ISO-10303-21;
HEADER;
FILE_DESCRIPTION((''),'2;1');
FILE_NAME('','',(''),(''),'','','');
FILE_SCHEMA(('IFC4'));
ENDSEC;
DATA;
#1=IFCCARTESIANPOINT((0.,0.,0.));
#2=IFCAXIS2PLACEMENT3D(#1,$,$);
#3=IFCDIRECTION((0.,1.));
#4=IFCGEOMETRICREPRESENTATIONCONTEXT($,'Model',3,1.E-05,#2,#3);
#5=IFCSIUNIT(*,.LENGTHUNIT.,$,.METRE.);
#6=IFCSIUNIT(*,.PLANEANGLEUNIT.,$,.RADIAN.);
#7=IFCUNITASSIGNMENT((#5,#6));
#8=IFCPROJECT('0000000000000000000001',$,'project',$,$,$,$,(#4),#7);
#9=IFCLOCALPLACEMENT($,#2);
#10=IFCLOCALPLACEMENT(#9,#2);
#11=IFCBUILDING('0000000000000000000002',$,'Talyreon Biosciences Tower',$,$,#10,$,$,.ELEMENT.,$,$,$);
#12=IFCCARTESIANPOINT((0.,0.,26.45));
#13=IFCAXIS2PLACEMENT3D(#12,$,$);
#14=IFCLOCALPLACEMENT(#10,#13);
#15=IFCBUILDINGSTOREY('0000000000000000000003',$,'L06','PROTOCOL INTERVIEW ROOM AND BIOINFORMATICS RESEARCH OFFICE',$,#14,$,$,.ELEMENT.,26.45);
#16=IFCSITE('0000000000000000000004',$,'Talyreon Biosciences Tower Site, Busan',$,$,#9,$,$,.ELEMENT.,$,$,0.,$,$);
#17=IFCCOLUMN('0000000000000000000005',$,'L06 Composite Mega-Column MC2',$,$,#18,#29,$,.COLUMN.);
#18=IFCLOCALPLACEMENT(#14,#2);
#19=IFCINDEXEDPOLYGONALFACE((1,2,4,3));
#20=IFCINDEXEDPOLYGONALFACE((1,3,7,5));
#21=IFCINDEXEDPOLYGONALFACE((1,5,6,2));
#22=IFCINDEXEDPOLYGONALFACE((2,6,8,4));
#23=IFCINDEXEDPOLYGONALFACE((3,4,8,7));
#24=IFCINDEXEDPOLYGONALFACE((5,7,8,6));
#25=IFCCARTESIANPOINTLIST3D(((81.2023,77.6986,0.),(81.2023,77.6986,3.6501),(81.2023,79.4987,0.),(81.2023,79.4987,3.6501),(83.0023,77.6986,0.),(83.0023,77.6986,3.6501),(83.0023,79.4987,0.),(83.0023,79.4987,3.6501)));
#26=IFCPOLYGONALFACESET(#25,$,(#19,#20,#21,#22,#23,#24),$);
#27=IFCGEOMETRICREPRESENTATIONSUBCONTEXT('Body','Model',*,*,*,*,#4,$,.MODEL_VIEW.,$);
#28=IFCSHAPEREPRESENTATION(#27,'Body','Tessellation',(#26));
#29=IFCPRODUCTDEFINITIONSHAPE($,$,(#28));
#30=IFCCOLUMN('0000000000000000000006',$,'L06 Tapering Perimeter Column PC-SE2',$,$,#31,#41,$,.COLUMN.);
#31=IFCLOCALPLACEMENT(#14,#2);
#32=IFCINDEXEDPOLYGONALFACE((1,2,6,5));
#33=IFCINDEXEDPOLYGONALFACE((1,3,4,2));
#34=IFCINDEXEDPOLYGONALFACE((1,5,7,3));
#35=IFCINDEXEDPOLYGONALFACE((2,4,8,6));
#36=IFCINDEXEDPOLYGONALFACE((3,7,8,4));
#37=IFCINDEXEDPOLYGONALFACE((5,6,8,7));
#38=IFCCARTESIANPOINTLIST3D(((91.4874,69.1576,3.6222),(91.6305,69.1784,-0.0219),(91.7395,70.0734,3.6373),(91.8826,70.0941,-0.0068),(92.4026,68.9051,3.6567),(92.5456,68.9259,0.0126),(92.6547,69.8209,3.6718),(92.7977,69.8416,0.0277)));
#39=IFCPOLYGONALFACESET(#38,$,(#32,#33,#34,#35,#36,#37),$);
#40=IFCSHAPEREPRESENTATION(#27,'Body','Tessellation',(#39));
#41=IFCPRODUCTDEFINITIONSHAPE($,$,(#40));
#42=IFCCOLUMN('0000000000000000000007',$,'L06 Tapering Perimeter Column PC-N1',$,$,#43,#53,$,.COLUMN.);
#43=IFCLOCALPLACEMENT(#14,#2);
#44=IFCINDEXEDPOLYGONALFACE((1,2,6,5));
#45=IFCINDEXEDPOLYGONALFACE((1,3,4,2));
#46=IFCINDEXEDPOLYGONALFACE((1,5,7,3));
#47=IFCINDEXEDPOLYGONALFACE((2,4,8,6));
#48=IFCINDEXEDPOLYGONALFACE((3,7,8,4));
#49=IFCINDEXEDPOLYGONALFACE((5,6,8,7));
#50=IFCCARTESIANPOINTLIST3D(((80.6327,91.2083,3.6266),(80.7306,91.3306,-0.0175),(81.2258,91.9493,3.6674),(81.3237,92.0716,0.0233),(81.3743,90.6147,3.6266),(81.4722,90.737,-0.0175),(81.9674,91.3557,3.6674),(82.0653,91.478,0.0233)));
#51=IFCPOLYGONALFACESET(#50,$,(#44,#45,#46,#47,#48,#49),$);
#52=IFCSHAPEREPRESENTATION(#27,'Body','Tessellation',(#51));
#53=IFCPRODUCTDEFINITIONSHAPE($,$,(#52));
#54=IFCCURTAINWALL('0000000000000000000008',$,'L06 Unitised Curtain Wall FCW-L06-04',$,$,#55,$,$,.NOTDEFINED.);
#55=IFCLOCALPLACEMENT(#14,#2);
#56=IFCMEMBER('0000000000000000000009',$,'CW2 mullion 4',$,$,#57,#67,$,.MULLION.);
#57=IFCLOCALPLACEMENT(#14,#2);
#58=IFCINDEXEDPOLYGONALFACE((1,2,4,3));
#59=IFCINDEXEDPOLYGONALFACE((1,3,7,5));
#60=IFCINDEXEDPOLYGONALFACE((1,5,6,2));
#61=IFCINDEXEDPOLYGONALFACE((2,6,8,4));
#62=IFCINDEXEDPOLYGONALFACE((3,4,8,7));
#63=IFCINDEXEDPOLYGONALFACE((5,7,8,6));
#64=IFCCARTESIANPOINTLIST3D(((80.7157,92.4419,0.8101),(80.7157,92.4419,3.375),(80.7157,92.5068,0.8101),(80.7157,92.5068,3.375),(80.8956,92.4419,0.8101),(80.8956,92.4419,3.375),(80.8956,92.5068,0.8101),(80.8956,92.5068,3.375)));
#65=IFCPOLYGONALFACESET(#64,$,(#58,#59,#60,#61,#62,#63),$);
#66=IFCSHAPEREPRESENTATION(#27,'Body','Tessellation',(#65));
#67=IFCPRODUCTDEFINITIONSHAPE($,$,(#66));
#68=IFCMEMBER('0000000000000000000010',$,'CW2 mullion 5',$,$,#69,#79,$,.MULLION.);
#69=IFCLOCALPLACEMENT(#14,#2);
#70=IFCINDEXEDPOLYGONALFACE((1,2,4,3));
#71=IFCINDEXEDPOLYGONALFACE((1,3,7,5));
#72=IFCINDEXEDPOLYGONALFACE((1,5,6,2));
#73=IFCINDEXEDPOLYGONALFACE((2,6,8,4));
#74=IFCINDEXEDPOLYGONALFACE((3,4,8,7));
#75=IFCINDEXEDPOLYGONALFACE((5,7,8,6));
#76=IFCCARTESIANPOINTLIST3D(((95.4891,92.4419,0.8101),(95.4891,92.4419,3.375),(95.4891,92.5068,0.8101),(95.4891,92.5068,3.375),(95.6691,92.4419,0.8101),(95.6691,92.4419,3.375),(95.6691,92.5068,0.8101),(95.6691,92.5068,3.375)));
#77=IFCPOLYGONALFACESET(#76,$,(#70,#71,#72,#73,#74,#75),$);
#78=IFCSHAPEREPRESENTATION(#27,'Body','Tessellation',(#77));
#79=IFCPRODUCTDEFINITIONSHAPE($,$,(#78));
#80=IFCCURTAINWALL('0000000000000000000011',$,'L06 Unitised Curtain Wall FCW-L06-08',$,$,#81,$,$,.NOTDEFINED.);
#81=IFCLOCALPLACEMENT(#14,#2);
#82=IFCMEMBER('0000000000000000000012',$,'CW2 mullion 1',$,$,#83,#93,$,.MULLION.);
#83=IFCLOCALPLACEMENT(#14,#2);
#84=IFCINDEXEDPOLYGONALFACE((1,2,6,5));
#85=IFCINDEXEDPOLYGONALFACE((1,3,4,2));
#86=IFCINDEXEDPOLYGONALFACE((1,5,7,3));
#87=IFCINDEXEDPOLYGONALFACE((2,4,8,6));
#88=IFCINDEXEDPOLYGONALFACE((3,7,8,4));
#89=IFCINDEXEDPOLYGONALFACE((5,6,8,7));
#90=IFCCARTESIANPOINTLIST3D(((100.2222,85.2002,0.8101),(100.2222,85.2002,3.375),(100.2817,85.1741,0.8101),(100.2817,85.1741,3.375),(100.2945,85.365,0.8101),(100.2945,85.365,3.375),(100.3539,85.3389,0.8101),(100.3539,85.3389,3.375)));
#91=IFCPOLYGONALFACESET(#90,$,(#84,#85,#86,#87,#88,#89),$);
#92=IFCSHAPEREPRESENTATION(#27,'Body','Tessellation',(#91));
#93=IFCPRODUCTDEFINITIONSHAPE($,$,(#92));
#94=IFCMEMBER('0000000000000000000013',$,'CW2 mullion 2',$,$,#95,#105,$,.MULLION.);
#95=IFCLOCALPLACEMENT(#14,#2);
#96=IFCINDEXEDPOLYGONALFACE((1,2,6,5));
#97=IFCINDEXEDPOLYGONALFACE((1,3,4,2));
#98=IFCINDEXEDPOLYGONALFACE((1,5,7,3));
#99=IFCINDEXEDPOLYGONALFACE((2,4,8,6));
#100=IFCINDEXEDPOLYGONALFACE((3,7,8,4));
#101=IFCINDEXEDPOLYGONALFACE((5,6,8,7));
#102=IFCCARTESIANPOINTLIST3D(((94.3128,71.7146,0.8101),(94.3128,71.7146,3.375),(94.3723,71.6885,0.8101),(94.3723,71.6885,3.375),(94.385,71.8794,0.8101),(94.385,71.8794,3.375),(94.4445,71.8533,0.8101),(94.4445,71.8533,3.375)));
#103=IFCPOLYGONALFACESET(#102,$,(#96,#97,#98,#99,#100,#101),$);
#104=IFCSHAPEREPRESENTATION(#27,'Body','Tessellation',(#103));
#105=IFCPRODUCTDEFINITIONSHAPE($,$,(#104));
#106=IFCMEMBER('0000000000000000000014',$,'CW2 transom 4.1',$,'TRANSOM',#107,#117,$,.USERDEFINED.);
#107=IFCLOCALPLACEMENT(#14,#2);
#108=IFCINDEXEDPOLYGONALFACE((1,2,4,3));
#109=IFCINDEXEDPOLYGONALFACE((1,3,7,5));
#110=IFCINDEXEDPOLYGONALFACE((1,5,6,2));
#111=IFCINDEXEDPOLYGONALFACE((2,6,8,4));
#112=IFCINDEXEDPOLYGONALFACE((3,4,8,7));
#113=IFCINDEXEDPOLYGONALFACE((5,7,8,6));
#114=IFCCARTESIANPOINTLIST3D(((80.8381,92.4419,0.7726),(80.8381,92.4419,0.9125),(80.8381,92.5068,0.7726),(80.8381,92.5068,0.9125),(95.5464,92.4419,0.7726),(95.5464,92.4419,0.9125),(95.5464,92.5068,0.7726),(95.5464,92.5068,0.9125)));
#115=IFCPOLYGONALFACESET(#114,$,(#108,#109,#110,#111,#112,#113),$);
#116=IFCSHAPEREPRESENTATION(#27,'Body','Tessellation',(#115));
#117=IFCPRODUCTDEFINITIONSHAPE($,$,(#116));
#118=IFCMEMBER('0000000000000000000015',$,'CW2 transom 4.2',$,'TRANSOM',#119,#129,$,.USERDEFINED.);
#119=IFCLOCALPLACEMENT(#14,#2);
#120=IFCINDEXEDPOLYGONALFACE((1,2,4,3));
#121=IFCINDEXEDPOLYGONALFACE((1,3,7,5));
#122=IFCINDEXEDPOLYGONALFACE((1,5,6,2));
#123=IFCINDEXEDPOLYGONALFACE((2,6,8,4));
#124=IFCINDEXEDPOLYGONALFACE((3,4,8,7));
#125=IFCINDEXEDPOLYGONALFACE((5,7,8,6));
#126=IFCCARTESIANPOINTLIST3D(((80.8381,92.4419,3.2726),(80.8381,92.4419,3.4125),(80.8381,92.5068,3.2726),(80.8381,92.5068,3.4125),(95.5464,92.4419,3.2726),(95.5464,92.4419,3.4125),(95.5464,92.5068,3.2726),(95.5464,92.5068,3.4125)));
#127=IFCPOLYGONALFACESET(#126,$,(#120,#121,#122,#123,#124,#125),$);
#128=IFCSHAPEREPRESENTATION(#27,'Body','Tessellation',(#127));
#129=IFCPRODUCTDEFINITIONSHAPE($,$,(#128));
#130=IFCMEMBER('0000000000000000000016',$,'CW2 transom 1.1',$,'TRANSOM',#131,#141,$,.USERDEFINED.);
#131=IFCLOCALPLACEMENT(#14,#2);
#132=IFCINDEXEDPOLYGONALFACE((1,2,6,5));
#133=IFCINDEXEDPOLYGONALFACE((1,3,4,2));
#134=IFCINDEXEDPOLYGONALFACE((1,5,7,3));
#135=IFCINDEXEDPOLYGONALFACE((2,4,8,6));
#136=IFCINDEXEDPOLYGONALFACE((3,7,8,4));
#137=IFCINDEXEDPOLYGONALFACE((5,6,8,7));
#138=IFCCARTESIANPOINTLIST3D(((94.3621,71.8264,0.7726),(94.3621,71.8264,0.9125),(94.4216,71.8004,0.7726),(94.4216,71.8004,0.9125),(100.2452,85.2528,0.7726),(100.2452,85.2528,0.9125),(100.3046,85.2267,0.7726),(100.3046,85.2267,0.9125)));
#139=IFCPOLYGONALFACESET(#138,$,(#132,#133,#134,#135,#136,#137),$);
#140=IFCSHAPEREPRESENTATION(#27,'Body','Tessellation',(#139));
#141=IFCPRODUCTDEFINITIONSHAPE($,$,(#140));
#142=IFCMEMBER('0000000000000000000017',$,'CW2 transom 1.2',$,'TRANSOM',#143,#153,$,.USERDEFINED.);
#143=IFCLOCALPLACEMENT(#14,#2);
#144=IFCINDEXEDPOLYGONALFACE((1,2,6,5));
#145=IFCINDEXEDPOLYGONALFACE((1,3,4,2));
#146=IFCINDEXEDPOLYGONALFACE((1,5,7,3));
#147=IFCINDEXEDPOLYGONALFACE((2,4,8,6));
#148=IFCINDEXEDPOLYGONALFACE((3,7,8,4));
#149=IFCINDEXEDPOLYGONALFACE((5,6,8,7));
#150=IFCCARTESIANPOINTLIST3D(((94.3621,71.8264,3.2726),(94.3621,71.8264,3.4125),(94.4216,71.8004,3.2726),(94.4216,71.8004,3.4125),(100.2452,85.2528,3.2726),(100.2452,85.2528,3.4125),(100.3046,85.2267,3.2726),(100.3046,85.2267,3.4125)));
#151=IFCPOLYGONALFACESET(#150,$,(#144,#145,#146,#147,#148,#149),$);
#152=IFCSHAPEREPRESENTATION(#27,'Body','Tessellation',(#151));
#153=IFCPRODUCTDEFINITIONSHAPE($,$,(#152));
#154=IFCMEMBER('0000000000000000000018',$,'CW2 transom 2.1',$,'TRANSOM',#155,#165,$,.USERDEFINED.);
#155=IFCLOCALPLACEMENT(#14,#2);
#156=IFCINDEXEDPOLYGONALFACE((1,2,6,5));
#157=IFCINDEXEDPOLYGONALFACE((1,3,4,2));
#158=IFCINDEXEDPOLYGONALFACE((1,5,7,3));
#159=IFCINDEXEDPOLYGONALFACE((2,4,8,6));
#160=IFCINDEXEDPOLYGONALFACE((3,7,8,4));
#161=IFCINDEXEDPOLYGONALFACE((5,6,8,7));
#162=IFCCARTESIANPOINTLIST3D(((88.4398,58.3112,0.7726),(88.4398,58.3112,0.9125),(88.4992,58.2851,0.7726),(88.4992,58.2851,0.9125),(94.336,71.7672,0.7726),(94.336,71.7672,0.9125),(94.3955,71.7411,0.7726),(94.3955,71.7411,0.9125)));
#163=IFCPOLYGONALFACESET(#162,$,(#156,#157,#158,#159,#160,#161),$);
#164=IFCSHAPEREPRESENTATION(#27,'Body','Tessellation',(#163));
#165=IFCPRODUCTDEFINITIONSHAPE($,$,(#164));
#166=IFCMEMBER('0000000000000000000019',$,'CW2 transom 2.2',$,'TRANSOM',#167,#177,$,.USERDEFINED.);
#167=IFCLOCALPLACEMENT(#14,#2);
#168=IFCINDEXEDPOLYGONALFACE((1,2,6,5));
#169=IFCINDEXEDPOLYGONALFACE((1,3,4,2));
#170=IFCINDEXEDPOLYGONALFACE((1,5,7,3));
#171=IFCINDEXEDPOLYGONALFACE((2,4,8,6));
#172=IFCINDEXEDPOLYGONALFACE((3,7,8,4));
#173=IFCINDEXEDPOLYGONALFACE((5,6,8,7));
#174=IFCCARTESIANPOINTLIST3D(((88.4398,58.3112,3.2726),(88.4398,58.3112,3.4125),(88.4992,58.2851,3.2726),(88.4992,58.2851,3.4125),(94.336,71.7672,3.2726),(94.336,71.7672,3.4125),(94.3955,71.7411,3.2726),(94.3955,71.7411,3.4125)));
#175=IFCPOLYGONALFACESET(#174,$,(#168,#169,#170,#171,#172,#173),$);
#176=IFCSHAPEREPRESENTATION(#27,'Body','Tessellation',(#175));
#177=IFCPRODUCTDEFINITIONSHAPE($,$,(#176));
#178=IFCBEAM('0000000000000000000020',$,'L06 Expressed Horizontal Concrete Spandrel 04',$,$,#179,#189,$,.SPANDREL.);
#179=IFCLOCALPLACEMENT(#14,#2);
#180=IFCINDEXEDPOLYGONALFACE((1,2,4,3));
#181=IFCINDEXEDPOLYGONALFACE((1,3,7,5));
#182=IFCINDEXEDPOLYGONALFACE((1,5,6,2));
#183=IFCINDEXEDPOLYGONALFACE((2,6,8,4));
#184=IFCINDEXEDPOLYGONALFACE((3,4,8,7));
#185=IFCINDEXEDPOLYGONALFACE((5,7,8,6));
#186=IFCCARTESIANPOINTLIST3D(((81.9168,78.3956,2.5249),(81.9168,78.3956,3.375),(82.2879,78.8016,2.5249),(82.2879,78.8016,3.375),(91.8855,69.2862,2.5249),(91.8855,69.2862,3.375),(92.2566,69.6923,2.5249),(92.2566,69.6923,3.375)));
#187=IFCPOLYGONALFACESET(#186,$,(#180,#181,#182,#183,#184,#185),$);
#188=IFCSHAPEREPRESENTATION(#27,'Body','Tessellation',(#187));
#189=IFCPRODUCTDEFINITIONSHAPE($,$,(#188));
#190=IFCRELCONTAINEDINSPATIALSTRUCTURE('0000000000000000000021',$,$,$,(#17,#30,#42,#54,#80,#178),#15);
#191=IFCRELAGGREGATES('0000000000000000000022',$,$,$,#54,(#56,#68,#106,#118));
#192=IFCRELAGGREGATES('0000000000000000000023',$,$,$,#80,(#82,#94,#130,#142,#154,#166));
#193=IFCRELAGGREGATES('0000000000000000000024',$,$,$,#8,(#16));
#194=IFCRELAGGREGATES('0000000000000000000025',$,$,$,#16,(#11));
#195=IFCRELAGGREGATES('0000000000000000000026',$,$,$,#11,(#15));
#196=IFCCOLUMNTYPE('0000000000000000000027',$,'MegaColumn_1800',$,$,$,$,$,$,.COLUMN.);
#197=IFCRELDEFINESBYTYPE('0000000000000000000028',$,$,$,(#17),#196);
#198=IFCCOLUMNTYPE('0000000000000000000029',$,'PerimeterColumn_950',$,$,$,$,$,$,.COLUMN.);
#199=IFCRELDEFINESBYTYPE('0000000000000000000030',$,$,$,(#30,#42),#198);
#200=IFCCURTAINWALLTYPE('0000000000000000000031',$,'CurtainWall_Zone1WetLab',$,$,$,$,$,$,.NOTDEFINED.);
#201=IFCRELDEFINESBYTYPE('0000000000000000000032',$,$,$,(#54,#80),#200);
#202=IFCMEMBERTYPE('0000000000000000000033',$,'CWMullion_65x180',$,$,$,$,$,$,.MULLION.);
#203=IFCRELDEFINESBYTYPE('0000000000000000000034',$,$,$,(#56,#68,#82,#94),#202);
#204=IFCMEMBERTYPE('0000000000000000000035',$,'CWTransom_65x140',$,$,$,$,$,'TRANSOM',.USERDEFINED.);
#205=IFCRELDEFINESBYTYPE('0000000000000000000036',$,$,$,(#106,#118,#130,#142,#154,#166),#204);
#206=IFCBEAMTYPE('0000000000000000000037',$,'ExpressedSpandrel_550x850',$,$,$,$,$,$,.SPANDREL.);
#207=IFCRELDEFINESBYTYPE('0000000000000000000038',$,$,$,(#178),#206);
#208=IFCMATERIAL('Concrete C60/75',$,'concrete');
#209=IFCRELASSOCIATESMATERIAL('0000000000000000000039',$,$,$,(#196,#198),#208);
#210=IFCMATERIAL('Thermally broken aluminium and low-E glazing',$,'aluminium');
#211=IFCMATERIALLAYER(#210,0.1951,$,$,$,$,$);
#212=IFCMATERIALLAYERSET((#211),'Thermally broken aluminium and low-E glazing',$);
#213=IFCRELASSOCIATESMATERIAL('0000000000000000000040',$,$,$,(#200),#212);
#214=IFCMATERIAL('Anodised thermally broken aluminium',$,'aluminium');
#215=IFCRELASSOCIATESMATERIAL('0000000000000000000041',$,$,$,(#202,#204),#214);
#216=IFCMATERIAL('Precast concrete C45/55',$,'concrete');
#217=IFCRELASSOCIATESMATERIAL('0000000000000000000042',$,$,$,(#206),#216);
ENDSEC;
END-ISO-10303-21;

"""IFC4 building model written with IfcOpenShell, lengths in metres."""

from ifc_helpers import new_model, si_unit, direction, frame, origin, origin_2d, place, context, subcontext, project, spatial, rectangle, extrude, material, layer, layer_set, material_profile, profile_set, type_object, element, aggregate, save


model = new_model("IFC4")

# Units and contexts
model_context = context("Model", 3, precision=1e-05, world=origin(), true_north=direction((0.0, 1.0)))
body_context = subcontext(model_context, "Body", "Model", "MODEL_VIEW")
ifc_project = project(units=[si_unit("LENGTHUNIT", "METRE"), si_unit("PLANEANGLEUNIT", "RADIAN")], contexts=[model_context])

# Site, building, storey
site_placement = place(None, origin())
site = spatial("IfcSite", under=ifc_project, at=site_placement, Name="Talyreon Biosciences Tower Site, Busan", CompositionType="ELEMENT", RefElevation=0.0)
building_placement = place(site_placement, origin())
building = spatial("IfcBuilding", under=site, at=building_placement, Name="Talyreon Biosciences Tower", CompositionType="ELEMENT")
storey_placement = place(building_placement, frame((0.0, 0.0, 26.45)))
storey = spatial("IfcBuildingStorey", under=building, at=storey_placement, Name="L06", Description="PROTOCOL INTERVIEW ROOM AND BIOINFORMATICS RESEARCH OFFICE", CompositionType="ELEMENT", Elevation=26.45)

# Columns
ifc_material_1 = material(Name="Concrete C60/75", Category="concrete")
ifc_material_profile_1 = material_profile(ifc_material_1, rectangle(XDim=1.8, YDim=1.8, at=origin_2d()), Name="RC 1800x1800")
ifc_profile_set_1 = profile_set([ifc_material_profile_1], Name="Concrete C60/75")
column_type_1 = type_object("IfcColumnType", Name="MegaColumn_1800", PredefinedType="COLUMN", material=ifc_profile_set_1)
column_1_placement = place(storey_placement, frame((82.1023, 78.5986, 0.0), z_axis=(0.0, 0.0, 1.0), x_axis=(1.0, 0.0, 0.0)))
element("IfcColumn", 1, at=column_1_placement, inside=storey, type_object=column_type_1, Name="L06 Composite Mega-Column MC2", PredefinedType="COLUMN", context=body_context, shape_type="SweptSolid", body=[
    extrude(rectangle(XDim=1.8, YDim=1.8, at=origin_2d()), origin(), (0.0, 0.0, 1.0), 3.6501),
])
ifc_material_profile_2 = material_profile(ifc_material_1, rectangle(XDim=0.95, YDim=0.95, at=origin_2d()), Name="RC 950x950")
ifc_profile_set_2 = profile_set([ifc_material_profile_2], Name="Concrete C60/75")
column_type_2 = type_object("IfcColumnType", Name="PerimeterColumn_950", PredefinedType="COLUMN", material=ifc_profile_set_2)
column_2_placement = place(storey_placement, frame((92.2141, 69.51, 0.0029), z_axis=(-0.039229, -0.00569, 0.999214), x_axis=(0.963342, -0.265807, 0.036307)))
element("IfcColumn", 2, at=column_2_placement, inside=storey, type_object=column_type_2, Name="L06 Tapering Perimeter Column PC-SE2", PredefinedType="COLUMN", context=body_context, shape_type="SweptSolid", body=[
    extrude(rectangle(XDim=0.95, YDim=0.95, at=origin_2d()), origin(), (0.0, 0.0, 1.0), 3.647),
])
column_3_placement = place(storey_placement, frame((81.3979, 91.4043, 0.0029), z_axis=(-0.026841, -0.033535, 0.999077), x_axis=(-0.780717, 0.624885, 0.0)))
element("IfcColumn", 3, at=column_3_placement, inside=storey, type_object=column_type_2, Name="L06 Tapering Perimeter Column PC-N1", PredefinedType="COLUMN", context=body_context, shape_type="SweptSolid", body=[
    extrude(rectangle(XDim=0.95, YDim=0.95, at=origin_2d()), origin(), (0.0, 0.0, 1.0), 3.6475),
])

# Curtain walls, members
ifc_material_2 = material(Name="Thermally broken aluminium and low-E glazing", Category="aluminium")
ifc_layer_1 = layer(ifc_material_2, 0.1951)
ifc_layer_set_1 = layer_set([ifc_layer_1], Name="Thermally broken aluminium and low-E glazing")
curtain_wall_type = type_object("IfcCurtainWallType", Name="CurtainWall_Zone1WetLab", PredefinedType="NOTDEFINED", material=ifc_layer_set_1)
curtain_wall_1_placement = place(storey_placement, origin())
curtain_wall_1 = element("IfcCurtainWall", 4, at=curtain_wall_1_placement, inside=storey, type_object=curtain_wall_type, Name="L06 Unitised Curtain Wall FCW-L06-04", PredefinedType="NOTDEFINED")
ifc_material_3 = material(Name="Anodised thermally broken aluminium", Category="aluminium")
ifc_material_profile_3 = material_profile(ifc_material_3, rectangle(XDim=0.0649, YDim=0.1799, at=origin_2d()), Name="ALUM MULLION 65x180")
ifc_profile_set_3 = profile_set([ifc_material_profile_3], Name="Anodised thermally broken aluminium")
member_type_1 = type_object("IfcMemberType", Name="CWMullion_65x180", PredefinedType="MULLION", material=ifc_profile_set_3)
member_1_placement = place(storey_placement, frame((80.8057, 92.4744, 0.8101), z_axis=(0.0, 0.0, 1.0), x_axis=(0.0, 1.0, 0.0)))
member_1 = element("IfcMember", 5, at=member_1_placement, type_object=member_type_1, Name="CW2 mullion 4", PredefinedType="MULLION", context=body_context, shape_type="SweptSolid", body=[
    extrude(rectangle(XDim=0.0649, YDim=0.1799, at=origin_2d()), origin(), (0.0, 0.0, 1.0), 2.5649),
])
member_2_placement = place(storey_placement, frame((95.5791, 92.4744, 0.8101), z_axis=(0.0, 0.0, 1.0), x_axis=(0.0, 1.0, 0.0)))
member_2 = element("IfcMember", 6, at=member_2_placement, type_object=member_type_1, Name="CW2 mullion 5", PredefinedType="MULLION", context=body_context, shape_type="SweptSolid", body=[
    extrude(rectangle(XDim=0.0649, YDim=0.1799, at=origin_2d()), origin(), (0.0, 0.0, 1.0), 2.5649),
])
curtain_wall_2_placement = place(storey_placement, origin())
curtain_wall_2 = element("IfcCurtainWall", 7, at=curtain_wall_2_placement, inside=storey, type_object=curtain_wall_type, Name="L06 Unitised Curtain Wall FCW-L06-08", PredefinedType="NOTDEFINED")
member_3_placement = place(storey_placement, frame((100.2881, 85.2695, 0.8101), z_axis=(0.0, 0.0, 1.0), x_axis=(0.915927, -0.401345, 0.0)))
member_3 = element("IfcMember", 8, at=member_3_placement, type_object=member_type_1, Name="CW2 mullion 1", PredefinedType="MULLION", context=body_context, shape_type="SweptSolid", body=[
    extrude(rectangle(XDim=0.0649, YDim=0.1799, at=origin_2d()), origin(), (0.0, 0.0, 1.0), 2.5649),
])
member_4_placement = place(storey_placement, frame((94.3787, 71.7839, 0.8101), z_axis=(0.0, 0.0, 1.0), x_axis=(0.915927, -0.401345, 0.0)))
member_4 = element("IfcMember", 9, at=member_4_placement, type_object=member_type_1, Name="CW2 mullion 2", PredefinedType="MULLION", context=body_context, shape_type="SweptSolid", body=[
    extrude(rectangle(XDim=0.0649, YDim=0.1799, at=origin_2d()), origin(), (0.0, 0.0, 1.0), 2.5649),
])

# Members
ifc_material_profile_4 = material_profile(ifc_material_3, rectangle(XDim=0.0649, YDim=0.1399, at=origin_2d()), Name="ALUM TRANSOM 65x140")
ifc_profile_set_4 = profile_set([ifc_material_profile_4], Name="Anodised thermally broken aluminium")
member_type_2 = type_object("IfcMemberType", Name="CWTransom_65x140", ElementType="TRANSOM", PredefinedType="USERDEFINED", material=ifc_profile_set_4)
member_5_placement = place(storey_placement, frame((80.8381, 92.4744, 0.8425), z_axis=(1.0, 0.0, 0.0), x_axis=(0.0, 1.0, 0.0)))
member_5 = element("IfcMember", 10, at=member_5_placement, type_object=member_type_2, Name="CW2 transom 4.1", ObjectType="TRANSOM", PredefinedType="USERDEFINED", context=body_context, shape_type="SweptSolid", body=[
    extrude(rectangle(XDim=0.0649, YDim=0.1399, at=origin_2d()), origin(), (0.0, 0.0, 1.0), 14.7083),
])
member_6_placement = place(storey_placement, frame((80.8381, 92.4744, 3.3425), z_axis=(1.0, 0.0, 0.0), x_axis=(0.0, 1.0, 0.0)))
member_6 = element("IfcMember", 11, at=member_6_placement, type_object=member_type_2, Name="CW2 transom 4.2", ObjectType="TRANSOM", PredefinedType="USERDEFINED", context=body_context, shape_type="SweptSolid", body=[
    extrude(rectangle(XDim=0.0649, YDim=0.1399, at=origin_2d()), origin(), (0.0, 0.0, 1.0), 14.7083),
])
member_7_placement = place(storey_placement, frame((100.2749, 85.2397, 0.8425), z_axis=(-0.401338, -0.91593, 0.0), x_axis=(0.91593, -0.401338, 0.0)))
member_7 = element("IfcMember", 12, at=member_7_placement, type_object=member_type_2, Name="CW2 transom 1.1", ObjectType="TRANSOM", PredefinedType="USERDEFINED", context=body_context, shape_type="SweptSolid", body=[
    extrude(rectangle(XDim=0.0649, YDim=0.1399, at=origin_2d()), origin(), (0.0, 0.0, 1.0), 14.6587),
])
member_8_placement = place(storey_placement, frame((100.2749, 85.2397, 3.3425), z_axis=(-0.401338, -0.91593, 0.0), x_axis=(0.91593, -0.401338, 0.0)))
member_8 = element("IfcMember", 13, at=member_8_placement, type_object=member_type_2, Name="CW2 transom 1.2", ObjectType="TRANSOM", PredefinedType="USERDEFINED", context=body_context, shape_type="SweptSolid", body=[
    extrude(rectangle(XDim=0.0649, YDim=0.1399, at=origin_2d()), origin(), (0.0, 0.0, 1.0), 14.6587),
])
member_9_placement = place(storey_placement, frame((94.3657, 71.7542, 0.8425), z_axis=(-0.401345, -0.915927, 0.0), x_axis=(0.915927, -0.401345, 0.0)))
member_9 = element("IfcMember", 14, at=member_9_placement, type_object=member_type_2, Name="CW2 transom 2.1", ObjectType="TRANSOM", PredefinedType="USERDEFINED", context=body_context, shape_type="SweptSolid", body=[
    extrude(rectangle(XDim=0.0649, YDim=0.1399, at=origin_2d()), origin(), (0.0, 0.0, 1.0), 14.6912),
])
member_10_placement = place(storey_placement, frame((94.3657, 71.7542, 3.3425), z_axis=(-0.401345, -0.915927, 0.0), x_axis=(0.915927, -0.401345, 0.0)))
member_10 = element("IfcMember", 15, at=member_10_placement, type_object=member_type_2, Name="CW2 transom 2.2", ObjectType="TRANSOM", PredefinedType="USERDEFINED", context=body_context, shape_type="SweptSolid", body=[
    extrude(rectangle(XDim=0.0649, YDim=0.1399, at=origin_2d()), origin(), (0.0, 0.0, 1.0), 14.6912),
])

# Beam
ifc_material_4 = material(Name="Precast concrete C45/55", Category="concrete")
ifc_material_profile_5 = material_profile(ifc_material_4, rectangle(XDim=0.55, YDim=0.8501, at=origin_2d()), Name="RCB 550x850")
ifc_profile_set_5 = profile_set([ifc_material_profile_5], Name="Precast concrete C45/55")
beam_type_1 = type_object("IfcBeamType", Name="ExpressedSpandrel_550x850", PredefinedType="SPANDREL", material=ifc_profile_set_5)
beam_1_placement = place(storey_placement, frame((92.071, 69.4893, 2.95), z_axis=(-0.73821, 0.674571, 0.0), x_axis=(-0.674571, -0.73821, 0.0)))
element("IfcBeam", 16, at=beam_1_placement, inside=storey, type_object=beam_type_1, Name="L06 Expressed Horizontal Concrete Spandrel 04", PredefinedType="SPANDREL", context=body_context, shape_type="SweptSolid", body=[
    extrude(rectangle(XDim=0.55, YDim=0.8501, at=origin_2d()), origin(), (0.0, 0.0, 1.0), 13.5039),
])

aggregate(curtain_wall_1, [member_1, member_2, member_5, member_6])
aggregate(curtain_wall_2, [member_3, member_4, member_7, member_8, member_9, member_10])

save(model, "model.ifc")
